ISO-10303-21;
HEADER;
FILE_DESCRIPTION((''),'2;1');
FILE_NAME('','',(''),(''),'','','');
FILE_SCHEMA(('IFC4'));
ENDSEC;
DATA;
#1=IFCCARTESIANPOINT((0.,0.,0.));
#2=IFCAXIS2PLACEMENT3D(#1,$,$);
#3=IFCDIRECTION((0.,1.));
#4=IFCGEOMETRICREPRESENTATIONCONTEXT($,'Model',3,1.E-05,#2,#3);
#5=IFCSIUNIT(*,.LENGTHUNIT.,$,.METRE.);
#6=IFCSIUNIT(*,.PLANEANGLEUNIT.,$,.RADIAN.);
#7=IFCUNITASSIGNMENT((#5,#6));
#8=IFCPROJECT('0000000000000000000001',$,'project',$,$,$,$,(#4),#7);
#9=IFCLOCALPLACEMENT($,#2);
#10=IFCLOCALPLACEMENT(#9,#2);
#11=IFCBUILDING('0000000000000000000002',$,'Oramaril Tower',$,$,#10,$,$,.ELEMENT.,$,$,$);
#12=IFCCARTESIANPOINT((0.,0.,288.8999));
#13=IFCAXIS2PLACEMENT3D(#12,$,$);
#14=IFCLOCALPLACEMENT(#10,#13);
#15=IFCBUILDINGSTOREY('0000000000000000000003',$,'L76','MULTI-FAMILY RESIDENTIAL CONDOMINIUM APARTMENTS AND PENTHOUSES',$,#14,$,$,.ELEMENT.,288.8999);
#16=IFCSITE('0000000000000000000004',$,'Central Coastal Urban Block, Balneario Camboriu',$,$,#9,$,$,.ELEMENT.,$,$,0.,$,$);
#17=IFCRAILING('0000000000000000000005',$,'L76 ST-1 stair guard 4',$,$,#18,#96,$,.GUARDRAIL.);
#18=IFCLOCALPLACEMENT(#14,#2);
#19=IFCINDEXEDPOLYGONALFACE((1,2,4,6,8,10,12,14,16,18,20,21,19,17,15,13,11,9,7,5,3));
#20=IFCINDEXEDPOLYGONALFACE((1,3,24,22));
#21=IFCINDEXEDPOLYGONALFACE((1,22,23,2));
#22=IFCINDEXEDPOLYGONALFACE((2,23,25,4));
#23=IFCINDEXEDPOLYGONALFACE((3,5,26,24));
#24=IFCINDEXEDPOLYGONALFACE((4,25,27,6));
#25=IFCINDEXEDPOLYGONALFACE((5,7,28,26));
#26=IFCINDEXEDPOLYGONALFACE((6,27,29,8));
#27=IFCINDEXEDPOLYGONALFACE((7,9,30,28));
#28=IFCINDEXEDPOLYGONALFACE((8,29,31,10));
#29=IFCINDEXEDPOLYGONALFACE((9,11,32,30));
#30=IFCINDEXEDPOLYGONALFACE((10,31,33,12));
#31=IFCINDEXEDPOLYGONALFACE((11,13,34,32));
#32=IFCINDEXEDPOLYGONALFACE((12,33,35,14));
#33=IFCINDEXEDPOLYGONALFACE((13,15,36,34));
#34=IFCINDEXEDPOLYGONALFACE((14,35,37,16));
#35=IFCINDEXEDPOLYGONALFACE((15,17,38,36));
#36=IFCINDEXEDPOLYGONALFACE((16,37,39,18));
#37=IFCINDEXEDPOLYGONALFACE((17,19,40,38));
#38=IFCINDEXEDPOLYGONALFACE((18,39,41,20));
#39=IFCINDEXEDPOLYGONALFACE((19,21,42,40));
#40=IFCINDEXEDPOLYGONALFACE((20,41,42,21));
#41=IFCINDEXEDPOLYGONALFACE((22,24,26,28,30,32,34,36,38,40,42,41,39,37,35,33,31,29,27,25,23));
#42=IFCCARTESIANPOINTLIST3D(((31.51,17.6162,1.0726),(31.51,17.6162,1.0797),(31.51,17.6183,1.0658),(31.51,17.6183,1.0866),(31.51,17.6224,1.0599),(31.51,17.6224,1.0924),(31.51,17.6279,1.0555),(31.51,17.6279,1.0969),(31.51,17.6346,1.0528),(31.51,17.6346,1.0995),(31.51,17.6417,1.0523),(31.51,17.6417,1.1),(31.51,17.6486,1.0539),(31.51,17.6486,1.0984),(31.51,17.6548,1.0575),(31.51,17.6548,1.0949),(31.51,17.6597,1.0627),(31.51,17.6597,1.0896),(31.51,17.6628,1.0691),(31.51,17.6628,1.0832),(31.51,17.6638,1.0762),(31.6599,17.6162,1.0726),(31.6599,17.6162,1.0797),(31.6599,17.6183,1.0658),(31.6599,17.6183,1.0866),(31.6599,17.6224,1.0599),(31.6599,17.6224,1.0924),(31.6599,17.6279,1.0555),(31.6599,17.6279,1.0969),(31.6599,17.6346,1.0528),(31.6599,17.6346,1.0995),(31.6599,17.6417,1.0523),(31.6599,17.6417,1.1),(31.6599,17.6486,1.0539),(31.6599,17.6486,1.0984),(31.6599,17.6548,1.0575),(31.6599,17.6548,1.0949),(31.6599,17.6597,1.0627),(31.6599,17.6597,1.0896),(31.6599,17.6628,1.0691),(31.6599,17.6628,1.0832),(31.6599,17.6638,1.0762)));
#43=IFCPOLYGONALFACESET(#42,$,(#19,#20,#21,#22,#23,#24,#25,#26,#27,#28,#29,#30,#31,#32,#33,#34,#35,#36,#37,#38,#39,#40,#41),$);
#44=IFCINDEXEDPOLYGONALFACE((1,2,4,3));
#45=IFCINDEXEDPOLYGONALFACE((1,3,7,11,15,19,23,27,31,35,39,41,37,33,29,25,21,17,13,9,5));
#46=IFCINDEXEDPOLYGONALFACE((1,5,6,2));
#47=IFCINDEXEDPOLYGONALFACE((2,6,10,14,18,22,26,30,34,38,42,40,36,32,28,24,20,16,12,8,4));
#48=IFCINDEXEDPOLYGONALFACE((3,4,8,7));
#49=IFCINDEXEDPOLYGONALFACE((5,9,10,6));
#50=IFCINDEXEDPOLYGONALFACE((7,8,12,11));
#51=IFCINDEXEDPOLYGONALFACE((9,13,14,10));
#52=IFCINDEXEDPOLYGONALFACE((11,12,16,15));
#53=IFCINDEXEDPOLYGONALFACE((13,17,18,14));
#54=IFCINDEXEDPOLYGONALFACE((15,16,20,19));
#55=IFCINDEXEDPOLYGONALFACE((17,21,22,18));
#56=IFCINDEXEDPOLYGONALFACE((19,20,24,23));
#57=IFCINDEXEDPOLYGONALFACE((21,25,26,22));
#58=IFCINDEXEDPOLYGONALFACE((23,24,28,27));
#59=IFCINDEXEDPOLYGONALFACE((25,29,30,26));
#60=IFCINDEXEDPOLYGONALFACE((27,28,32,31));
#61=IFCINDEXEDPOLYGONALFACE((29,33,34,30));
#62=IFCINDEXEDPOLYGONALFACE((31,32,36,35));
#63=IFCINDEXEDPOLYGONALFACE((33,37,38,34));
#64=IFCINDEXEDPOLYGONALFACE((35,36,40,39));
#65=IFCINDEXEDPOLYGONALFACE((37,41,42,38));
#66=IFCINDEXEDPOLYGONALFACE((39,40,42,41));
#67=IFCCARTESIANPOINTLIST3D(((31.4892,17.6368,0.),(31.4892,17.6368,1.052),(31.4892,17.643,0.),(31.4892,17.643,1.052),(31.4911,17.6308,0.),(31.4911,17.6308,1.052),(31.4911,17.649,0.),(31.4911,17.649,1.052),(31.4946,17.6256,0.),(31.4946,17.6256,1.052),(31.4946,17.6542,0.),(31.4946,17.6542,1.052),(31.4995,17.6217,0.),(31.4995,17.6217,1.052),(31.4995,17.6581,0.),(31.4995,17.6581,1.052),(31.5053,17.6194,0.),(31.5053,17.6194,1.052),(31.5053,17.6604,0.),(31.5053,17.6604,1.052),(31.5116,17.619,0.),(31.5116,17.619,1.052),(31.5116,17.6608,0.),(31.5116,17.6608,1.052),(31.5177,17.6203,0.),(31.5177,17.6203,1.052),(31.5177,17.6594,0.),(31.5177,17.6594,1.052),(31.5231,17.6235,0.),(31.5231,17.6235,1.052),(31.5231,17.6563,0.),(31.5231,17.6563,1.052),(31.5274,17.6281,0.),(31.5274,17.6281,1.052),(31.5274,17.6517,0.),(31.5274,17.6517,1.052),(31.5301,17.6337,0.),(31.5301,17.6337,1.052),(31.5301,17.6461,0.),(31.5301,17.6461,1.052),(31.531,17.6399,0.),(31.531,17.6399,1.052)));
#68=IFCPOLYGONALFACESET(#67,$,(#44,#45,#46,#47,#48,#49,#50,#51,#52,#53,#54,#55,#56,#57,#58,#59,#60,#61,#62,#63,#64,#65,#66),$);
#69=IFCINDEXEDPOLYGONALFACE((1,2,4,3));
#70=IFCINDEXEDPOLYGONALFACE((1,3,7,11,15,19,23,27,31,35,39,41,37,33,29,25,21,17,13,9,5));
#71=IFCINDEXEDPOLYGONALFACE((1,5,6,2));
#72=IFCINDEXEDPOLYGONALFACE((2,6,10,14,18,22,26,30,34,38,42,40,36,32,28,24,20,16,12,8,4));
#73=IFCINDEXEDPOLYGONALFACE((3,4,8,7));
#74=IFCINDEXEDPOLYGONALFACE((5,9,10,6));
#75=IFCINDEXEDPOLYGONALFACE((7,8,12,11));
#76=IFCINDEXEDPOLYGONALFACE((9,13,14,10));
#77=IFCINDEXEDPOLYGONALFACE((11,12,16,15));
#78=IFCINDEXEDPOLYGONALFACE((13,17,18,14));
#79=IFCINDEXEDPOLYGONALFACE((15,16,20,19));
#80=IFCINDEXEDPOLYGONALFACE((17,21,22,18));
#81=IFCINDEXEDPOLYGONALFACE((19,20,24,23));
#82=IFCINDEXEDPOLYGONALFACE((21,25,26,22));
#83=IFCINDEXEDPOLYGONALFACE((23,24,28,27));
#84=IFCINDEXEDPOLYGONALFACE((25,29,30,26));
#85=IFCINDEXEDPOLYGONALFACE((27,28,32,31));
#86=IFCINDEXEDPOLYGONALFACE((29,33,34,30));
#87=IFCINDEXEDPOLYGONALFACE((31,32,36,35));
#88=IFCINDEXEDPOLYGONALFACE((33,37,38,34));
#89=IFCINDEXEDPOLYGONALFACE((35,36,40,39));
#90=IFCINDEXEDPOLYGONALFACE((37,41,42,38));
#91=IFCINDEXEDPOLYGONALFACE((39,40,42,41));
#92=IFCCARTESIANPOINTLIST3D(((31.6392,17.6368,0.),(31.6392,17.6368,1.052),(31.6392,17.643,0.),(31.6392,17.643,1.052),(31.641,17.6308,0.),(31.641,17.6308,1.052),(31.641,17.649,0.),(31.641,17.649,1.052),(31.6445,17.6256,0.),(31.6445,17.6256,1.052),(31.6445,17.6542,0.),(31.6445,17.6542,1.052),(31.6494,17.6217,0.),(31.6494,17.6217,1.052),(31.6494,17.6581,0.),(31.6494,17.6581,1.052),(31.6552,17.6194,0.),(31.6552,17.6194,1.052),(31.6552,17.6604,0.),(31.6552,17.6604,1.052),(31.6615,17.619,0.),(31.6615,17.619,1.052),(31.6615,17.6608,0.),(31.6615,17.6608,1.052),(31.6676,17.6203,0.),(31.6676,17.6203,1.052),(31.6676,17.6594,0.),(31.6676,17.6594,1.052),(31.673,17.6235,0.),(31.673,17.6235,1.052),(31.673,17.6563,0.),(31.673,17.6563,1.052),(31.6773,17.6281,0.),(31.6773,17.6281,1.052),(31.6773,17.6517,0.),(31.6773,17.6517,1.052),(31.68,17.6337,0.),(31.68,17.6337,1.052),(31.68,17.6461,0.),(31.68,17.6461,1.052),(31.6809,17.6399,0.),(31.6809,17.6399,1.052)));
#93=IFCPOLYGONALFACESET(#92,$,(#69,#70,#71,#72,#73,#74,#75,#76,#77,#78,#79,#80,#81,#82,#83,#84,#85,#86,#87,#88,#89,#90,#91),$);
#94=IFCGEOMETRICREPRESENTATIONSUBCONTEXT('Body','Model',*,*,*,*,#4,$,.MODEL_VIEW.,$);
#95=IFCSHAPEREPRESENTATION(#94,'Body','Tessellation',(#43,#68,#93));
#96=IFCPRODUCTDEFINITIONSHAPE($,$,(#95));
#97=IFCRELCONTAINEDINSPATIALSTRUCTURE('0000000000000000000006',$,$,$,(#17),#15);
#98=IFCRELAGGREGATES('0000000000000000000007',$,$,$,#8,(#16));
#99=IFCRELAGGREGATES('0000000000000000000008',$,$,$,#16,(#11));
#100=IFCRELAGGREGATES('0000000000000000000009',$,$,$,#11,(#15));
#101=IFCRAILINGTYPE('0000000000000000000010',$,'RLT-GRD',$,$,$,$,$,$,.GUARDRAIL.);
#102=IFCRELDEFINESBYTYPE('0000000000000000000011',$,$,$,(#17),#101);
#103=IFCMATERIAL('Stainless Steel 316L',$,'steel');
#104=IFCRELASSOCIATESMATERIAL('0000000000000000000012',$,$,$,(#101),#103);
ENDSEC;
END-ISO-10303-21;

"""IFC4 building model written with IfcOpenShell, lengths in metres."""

from ifc_helpers import new_model, si_unit, direction, frame, origin, origin_2d, place, context, subcontext, project, spatial, circle, extrude, material, type_object, element, save


model = new_model("IFC4")

# Units and contexts
model_context = context("Model", 3, precision=1e-05, world=origin(), true_north=direction((0.0, 1.0)))
body_context = subcontext(model_context, "Body", "Model", "MODEL_VIEW")
ifc_project = project(units=[si_unit("LENGTHUNIT", "METRE"), si_unit("PLANEANGLEUNIT", "RADIAN")], contexts=[model_context])

# Site, building, storey
site_placement = place(None, origin())
site = spatial("IfcSite", under=ifc_project, at=site_placement, Name="Central Coastal Urban Block, Balneario Camboriu", CompositionType="ELEMENT", RefElevation=0.0)
building_placement = place(site_placement, origin())
building = spatial("IfcBuilding", under=site, at=building_placement, Name="Oramaril Tower", CompositionType="ELEMENT")
storey_placement = place(building_placement, frame((0.0, 0.0, 288.8999)))
storey = spatial("IfcBuildingStorey", under=building, at=storey_placement, Name="L76", Description="MULTI-FAMILY RESIDENTIAL CONDOMINIUM APARTMENTS AND PENTHOUSES", CompositionType="ELEMENT", Elevation=288.8999)

# Railing
ifc_material_1 = material(Name="Stainless Steel 316L", Category="steel")
railing_type_1 = type_object("IfcRailingType", Name="RLT-GRD", PredefinedType="GUARDRAIL", material=ifc_material_1)
railing_1_placement = place(storey_placement, frame((31.51, 17.6399, 0.0)))
element("IfcRailing", 1, at=railing_1_placement, inside=storey, type_object=railing_type_1, Name="L76 ST-1 stair guard 4", PredefinedType="GUARDRAIL", context=body_context, shape_type="SweptSolid", body=[
    extrude(circle(Radius=0.0239, at=origin_2d()), frame((0.0, 0.0, 1.0762), z_axis=(1.0, 0.0, 0.0), x_axis=(0.0, 1.0, 0.0)), (0.0, 0.0, 1.0), 0.1499),
    extrude(circle(Radius=0.021, at=origin_2d()), origin(), (0.0, 0.0, 1.0), 1.052),
    extrude(circle(Radius=0.021, at=origin_2d()), frame((0.1499, 0.0, 0.0)), (0.0, 0.0, 1.0), 1.052),
])

save(model, "model.ifc")
